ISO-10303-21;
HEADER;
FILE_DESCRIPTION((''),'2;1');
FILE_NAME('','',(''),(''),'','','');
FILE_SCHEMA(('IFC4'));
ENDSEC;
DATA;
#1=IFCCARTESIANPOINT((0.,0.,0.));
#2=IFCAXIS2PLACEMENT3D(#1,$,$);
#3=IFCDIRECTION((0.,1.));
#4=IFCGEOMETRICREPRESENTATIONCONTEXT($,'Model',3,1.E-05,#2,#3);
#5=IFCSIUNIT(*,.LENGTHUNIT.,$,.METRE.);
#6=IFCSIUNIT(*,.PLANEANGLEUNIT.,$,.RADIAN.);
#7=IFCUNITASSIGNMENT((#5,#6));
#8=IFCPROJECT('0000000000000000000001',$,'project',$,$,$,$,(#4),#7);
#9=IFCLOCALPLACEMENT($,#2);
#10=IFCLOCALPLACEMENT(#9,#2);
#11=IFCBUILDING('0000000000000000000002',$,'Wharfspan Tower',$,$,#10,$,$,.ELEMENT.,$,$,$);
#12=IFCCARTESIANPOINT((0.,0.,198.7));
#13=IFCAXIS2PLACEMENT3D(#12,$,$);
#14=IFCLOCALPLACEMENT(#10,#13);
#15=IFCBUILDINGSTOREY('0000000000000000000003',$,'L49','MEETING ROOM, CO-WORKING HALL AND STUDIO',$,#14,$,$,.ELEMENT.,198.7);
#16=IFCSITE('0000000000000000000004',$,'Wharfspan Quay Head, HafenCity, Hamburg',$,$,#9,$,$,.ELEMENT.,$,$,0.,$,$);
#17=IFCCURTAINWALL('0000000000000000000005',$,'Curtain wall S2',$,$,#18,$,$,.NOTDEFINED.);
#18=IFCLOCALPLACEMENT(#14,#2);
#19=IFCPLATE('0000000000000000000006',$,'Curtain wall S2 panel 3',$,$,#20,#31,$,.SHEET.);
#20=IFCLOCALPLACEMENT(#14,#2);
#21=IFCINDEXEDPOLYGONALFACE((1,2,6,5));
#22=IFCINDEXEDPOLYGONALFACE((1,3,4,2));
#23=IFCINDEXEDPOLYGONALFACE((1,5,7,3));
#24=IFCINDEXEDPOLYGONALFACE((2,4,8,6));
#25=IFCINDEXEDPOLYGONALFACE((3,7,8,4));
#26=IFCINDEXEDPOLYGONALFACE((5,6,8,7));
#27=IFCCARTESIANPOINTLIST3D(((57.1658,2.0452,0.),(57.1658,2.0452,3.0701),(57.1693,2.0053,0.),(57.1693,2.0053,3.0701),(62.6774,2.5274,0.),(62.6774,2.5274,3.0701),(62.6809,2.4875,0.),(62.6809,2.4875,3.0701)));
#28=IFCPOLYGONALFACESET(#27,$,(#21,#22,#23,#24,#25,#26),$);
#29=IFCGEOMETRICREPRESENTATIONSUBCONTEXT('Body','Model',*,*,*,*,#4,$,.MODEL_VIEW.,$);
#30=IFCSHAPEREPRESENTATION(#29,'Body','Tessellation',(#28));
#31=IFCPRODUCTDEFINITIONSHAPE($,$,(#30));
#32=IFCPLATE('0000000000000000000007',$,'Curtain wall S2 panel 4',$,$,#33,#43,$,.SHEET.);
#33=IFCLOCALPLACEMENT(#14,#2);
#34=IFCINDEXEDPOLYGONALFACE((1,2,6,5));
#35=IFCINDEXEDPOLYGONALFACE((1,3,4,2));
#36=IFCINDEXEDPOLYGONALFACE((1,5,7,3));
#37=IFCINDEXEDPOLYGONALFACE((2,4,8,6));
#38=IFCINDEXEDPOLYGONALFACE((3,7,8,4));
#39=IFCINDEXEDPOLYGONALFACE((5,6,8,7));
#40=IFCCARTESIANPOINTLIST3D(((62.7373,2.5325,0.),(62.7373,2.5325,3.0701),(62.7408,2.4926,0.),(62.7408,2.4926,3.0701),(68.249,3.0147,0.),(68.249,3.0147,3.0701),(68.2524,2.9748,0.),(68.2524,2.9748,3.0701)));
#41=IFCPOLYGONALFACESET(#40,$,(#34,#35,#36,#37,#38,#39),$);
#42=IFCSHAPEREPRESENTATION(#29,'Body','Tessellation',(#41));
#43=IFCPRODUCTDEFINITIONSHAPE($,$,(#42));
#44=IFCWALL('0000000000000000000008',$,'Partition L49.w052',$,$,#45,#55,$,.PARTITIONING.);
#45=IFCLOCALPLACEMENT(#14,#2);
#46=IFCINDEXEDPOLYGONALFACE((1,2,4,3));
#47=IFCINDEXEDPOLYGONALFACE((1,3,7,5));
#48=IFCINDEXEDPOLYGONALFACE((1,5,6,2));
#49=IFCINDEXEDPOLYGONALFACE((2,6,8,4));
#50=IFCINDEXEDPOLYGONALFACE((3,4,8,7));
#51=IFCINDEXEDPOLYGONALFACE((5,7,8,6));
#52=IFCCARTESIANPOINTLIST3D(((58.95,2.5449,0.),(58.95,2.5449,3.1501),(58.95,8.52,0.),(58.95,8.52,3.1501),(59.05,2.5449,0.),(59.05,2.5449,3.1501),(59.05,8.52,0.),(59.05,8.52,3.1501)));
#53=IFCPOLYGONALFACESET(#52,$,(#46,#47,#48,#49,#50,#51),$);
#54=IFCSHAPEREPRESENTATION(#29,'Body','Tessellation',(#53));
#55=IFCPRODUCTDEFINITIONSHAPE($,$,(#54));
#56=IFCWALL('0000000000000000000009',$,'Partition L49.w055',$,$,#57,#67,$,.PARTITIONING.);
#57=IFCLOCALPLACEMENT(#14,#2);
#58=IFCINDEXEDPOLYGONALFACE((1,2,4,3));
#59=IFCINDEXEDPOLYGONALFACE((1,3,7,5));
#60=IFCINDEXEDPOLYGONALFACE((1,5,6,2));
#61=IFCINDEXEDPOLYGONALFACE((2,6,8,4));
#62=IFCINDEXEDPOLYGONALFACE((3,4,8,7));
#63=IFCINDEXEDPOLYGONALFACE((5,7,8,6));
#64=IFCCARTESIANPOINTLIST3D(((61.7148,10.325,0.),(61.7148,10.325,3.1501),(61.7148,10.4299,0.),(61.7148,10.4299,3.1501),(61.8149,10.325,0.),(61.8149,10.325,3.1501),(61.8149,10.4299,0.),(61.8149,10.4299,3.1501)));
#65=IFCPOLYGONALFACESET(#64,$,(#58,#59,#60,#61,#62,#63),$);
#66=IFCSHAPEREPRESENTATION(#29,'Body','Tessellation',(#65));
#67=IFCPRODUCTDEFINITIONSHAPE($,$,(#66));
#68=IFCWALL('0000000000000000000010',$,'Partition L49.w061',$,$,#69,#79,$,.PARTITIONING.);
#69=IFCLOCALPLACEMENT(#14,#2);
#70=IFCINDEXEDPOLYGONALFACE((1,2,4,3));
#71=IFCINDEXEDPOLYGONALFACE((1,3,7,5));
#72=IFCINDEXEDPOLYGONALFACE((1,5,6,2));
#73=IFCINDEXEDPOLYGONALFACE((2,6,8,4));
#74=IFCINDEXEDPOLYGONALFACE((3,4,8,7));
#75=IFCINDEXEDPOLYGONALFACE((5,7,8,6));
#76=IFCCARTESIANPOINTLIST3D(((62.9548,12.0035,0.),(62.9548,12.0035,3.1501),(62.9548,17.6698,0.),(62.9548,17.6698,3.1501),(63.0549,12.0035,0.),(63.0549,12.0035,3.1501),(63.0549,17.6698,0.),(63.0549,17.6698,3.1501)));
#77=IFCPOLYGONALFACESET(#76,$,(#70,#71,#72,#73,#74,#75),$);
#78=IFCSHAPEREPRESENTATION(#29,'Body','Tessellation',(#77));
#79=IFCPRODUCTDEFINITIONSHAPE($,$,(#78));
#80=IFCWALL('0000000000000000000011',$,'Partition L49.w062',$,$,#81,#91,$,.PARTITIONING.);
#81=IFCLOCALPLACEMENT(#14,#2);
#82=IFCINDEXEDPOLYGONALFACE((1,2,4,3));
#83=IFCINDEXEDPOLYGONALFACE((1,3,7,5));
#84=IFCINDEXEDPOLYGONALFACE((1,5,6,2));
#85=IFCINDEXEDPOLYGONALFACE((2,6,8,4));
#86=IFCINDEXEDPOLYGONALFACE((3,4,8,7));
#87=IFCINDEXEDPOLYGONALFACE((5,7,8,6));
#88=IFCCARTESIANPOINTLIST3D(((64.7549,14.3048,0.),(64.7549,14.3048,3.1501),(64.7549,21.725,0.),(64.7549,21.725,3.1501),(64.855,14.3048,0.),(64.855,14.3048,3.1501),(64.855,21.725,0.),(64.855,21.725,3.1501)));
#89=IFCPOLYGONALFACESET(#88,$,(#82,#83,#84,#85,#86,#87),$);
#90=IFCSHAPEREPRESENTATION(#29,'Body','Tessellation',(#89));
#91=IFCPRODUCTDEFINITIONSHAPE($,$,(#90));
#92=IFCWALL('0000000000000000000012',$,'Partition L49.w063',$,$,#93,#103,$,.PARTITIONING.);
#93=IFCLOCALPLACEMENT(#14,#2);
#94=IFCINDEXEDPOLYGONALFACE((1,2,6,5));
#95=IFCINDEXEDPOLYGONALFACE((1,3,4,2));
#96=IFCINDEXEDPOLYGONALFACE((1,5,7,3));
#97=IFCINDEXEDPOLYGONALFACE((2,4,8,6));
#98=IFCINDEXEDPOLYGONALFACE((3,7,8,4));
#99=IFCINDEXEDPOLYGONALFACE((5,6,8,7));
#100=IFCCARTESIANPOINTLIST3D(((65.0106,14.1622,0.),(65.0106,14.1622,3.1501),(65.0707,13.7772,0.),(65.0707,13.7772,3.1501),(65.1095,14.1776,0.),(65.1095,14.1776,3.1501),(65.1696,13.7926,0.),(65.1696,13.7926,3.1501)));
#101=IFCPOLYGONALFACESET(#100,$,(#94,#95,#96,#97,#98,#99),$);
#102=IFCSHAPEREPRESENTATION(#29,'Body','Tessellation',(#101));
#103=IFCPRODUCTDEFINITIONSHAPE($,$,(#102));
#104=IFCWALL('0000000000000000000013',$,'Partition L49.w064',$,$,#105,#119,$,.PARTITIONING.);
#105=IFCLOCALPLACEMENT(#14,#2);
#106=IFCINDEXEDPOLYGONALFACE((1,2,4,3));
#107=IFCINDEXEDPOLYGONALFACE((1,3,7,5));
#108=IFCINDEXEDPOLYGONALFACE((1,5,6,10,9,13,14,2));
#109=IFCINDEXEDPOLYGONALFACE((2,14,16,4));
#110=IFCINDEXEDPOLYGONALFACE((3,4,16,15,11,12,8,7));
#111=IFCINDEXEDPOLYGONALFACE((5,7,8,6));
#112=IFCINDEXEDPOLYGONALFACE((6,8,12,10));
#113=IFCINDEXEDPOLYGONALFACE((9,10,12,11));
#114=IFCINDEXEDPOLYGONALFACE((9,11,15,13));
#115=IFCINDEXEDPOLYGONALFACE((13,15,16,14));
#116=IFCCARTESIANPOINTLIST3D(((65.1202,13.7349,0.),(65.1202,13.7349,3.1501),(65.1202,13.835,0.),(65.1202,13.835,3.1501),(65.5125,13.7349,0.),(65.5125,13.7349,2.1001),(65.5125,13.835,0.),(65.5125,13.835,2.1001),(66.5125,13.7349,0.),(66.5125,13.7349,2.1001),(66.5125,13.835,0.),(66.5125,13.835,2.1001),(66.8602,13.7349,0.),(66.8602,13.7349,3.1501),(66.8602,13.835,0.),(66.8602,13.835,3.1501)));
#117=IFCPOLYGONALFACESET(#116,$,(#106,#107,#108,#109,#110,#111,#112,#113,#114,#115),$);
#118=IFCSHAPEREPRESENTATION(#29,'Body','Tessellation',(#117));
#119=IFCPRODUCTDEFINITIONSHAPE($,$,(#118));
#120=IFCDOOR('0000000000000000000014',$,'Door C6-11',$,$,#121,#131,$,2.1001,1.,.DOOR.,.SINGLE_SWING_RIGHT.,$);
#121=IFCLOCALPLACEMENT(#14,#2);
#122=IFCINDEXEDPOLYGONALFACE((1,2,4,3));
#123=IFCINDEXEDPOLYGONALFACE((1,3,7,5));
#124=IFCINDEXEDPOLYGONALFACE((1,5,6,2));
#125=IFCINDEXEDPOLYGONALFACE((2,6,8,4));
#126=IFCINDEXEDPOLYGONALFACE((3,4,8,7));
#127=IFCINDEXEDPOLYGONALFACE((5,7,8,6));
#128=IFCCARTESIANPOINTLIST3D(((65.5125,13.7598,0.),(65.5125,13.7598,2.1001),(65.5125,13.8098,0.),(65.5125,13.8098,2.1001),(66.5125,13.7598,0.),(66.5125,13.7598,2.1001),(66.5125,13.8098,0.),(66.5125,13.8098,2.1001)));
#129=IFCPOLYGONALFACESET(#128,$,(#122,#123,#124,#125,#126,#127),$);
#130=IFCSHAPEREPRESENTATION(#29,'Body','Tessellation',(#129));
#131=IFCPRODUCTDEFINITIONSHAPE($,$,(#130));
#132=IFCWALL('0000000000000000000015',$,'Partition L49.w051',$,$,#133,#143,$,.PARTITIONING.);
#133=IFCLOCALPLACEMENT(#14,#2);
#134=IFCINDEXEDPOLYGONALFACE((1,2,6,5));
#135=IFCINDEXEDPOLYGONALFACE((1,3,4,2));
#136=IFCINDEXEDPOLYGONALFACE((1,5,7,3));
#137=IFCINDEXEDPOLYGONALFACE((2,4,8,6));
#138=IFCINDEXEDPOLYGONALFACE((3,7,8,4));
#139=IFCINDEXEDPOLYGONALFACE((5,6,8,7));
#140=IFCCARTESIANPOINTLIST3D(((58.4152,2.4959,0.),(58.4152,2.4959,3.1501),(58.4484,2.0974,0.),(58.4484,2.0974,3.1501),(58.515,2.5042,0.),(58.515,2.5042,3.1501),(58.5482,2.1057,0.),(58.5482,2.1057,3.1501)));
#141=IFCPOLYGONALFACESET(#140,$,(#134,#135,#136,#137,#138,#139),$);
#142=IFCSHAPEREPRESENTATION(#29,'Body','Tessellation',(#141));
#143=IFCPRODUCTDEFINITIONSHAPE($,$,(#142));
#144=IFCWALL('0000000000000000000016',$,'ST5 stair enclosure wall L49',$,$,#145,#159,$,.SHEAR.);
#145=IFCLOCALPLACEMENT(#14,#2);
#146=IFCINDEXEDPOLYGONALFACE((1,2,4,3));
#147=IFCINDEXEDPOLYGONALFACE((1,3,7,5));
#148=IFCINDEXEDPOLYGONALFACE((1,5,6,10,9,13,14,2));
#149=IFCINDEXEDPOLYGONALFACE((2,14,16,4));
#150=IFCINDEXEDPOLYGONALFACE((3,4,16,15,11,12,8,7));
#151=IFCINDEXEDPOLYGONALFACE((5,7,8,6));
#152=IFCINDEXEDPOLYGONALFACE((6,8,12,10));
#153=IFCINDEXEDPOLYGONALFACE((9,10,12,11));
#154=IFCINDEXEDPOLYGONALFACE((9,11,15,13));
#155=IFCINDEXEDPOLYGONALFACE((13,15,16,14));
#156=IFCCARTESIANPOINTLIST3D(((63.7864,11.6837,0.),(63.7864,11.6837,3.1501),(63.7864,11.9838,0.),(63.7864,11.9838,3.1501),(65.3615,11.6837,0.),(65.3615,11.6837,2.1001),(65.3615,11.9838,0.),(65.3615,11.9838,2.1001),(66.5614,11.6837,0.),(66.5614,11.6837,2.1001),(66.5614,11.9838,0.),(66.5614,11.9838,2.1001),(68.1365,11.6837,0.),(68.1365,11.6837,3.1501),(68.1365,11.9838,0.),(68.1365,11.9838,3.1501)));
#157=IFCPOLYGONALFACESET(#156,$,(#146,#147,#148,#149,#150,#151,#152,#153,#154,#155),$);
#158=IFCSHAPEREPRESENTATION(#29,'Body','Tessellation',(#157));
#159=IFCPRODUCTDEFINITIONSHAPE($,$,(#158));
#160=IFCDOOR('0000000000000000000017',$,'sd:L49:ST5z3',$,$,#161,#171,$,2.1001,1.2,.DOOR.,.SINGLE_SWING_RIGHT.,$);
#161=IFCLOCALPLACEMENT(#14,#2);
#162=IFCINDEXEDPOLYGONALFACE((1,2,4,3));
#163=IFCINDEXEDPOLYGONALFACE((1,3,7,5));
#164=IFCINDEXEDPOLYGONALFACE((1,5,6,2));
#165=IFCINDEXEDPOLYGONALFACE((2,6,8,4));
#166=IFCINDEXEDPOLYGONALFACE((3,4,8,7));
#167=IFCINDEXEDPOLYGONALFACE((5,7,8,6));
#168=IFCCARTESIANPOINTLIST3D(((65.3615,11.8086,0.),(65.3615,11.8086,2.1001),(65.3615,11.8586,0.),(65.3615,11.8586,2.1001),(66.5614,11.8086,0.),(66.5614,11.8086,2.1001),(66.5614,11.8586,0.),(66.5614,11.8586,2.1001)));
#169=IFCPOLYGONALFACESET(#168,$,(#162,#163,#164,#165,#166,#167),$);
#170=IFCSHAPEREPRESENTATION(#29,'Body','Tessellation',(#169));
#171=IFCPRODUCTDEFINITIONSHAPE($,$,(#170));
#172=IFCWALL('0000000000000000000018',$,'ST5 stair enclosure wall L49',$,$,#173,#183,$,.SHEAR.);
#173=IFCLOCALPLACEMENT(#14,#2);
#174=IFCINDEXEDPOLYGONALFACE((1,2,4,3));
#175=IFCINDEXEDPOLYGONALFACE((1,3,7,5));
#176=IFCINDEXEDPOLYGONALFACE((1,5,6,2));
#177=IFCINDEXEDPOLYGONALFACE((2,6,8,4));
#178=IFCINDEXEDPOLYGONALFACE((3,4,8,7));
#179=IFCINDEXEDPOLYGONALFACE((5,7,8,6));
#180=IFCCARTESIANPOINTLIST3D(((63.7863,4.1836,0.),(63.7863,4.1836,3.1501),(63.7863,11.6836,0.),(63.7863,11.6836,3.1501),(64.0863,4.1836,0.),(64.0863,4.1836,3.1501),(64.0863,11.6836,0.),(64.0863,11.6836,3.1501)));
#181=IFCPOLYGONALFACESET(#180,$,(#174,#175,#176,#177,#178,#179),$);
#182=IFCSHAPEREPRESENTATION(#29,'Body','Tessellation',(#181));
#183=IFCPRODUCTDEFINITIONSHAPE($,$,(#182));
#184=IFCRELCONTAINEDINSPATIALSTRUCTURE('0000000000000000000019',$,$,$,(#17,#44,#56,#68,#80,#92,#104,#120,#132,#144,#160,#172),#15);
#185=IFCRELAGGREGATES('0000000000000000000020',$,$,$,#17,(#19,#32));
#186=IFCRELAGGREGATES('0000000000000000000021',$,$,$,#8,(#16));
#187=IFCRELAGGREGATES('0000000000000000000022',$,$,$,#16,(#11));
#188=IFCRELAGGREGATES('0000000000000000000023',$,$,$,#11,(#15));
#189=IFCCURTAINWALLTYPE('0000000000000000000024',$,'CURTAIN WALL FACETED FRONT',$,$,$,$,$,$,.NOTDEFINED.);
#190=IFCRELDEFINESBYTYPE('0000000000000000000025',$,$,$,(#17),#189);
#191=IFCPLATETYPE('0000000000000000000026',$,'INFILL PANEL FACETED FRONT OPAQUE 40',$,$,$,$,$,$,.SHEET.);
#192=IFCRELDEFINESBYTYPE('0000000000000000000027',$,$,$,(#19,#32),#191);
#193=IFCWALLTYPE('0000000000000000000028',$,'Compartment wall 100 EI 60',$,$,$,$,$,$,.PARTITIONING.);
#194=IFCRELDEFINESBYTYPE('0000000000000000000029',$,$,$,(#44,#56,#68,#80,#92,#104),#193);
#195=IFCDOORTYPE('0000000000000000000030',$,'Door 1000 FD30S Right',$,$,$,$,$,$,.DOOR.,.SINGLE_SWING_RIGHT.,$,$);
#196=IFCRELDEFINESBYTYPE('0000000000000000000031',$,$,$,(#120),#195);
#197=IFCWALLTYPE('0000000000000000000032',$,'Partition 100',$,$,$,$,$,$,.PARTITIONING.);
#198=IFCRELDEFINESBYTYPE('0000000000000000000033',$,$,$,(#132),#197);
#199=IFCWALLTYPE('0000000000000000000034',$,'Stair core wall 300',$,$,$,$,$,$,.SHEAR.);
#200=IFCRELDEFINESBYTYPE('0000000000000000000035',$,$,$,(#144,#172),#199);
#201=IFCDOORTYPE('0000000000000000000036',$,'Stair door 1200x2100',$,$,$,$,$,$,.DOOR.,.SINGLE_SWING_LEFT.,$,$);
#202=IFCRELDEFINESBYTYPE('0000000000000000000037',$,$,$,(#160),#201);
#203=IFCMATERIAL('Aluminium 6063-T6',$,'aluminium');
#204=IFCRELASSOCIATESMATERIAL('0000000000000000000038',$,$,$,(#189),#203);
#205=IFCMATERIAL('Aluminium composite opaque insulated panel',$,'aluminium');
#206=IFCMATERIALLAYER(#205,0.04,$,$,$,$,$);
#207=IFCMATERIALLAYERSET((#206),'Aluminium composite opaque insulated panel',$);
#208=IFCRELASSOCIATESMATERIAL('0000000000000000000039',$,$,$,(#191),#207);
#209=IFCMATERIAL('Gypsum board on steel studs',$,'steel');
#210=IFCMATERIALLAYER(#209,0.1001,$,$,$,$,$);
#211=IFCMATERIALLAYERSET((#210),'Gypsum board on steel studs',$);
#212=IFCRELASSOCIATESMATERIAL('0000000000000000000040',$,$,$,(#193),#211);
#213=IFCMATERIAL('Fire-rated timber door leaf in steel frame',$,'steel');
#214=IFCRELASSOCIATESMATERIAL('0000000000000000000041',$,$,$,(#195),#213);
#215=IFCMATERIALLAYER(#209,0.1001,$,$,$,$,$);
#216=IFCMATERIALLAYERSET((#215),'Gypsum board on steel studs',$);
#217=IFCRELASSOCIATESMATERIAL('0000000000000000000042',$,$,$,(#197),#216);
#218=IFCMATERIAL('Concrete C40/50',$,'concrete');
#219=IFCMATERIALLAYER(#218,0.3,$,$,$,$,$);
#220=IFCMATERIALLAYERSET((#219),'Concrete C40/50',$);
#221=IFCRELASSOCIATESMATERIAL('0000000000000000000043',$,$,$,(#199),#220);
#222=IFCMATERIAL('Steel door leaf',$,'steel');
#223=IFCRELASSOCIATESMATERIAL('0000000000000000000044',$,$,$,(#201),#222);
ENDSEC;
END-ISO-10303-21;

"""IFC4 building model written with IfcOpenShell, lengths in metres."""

from ifc_helpers import new_model, si_unit, direction, frame, frame_2d, origin, origin_2d, place, context, subcontext, project, spatial, rectangle, extrude, material, layer, layer_set, type_object, element, fill, aggregate, save


model = new_model("IFC4")

# Units and contexts
model_context = context("Model", 3, precision=1e-05, world=origin(), true_north=direction((0.0, 1.0)))
body_context = subcontext(model_context, "Body", "Model", "MODEL_VIEW")
ifc_project = project(units=[si_unit("LENGTHUNIT", "METRE"), si_unit("PLANEANGLEUNIT", "RADIAN")], contexts=[model_context])

# Site, building, storey
site_placement = place(None, origin())
site = spatial("IfcSite", under=ifc_project, at=site_placement, Name="Wharfspan Quay Head, HafenCity, Hamburg", CompositionType="ELEMENT", RefElevation=0.0)
building_placement = place(site_placement, origin())
building = spatial("IfcBuilding", under=site, at=building_placement, Name="Wharfspan Tower", CompositionType="ELEMENT")
storey_placement = place(building_placement, frame((0.0, 0.0, 198.7)))
storey = spatial("IfcBuildingStorey", under=building, at=storey_placement, Name="L49", Description="MEETING ROOM, CO-WORKING HALL AND STUDIO", CompositionType="ELEMENT", Elevation=198.7)

# Curtain wall, plates
ifc_material_1 = material(Name="Aluminium 6063-T6", Category="aluminium")
curtain_wall_type = type_object("IfcCurtainWallType", Name="CURTAIN WALL FACETED FRONT", PredefinedType="NOTDEFINED", material=ifc_material_1)
curtain_wall_placement = place(storey_placement, origin())
curtain_wall = element("IfcCurtainWall", 1, at=curtain_wall_placement, inside=storey, type_object=curtain_wall_type, Name="Curtain wall S2", PredefinedType="NOTDEFINED")
ifc_material_2 = material(Name="Aluminium composite opaque insulated panel", Category="aluminium")
ifc_layer_1 = layer(ifc_material_2, 0.04)
ifc_layer_set_1 = layer_set([ifc_layer_1], Name="Aluminium composite opaque insulated panel")
plate_type = type_object("IfcPlateType", Name="INFILL PANEL FACETED FRONT OPAQUE 40", PredefinedType="SHEET", material=ifc_layer_set_1)
plate_1_placement = place(storey_placement, frame((59.9233, 2.2664, 0.0), z_axis=(0.0, 0.0, 1.0), x_axis=(0.996198, 0.087156, 0.0)))
plate_1 = element("IfcPlate", 2, at=plate_1_placement, type_object=plate_type, Name="Curtain wall S2 panel 3", PredefinedType="SHEET", context=body_context, shape_type="SweptSolid", body=[
    extrude(rectangle(XDim=5.5327, YDim=0.04, at=origin_2d()), origin(), (0.0, 0.0, 1.0), 3.0701),
])
plate_2_placement = place(storey_placement, frame((65.4949, 2.7537, 0.0), z_axis=(0.0, 0.0, 1.0), x_axis=(0.996198, 0.087156, 0.0)))
plate_2 = element("IfcPlate", 3, at=plate_2_placement, type_object=plate_type, Name="Curtain wall S2 panel 4", PredefinedType="SHEET", context=body_context, shape_type="SweptSolid", body=[
    extrude(rectangle(XDim=5.5327, YDim=0.04, at=origin_2d()), origin(), (0.0, 0.0, 1.0), 3.0701),
])
aggregate(curtain_wall, [plate_1, plate_2])

# Walls
ifc_material_3 = material(Name="Gypsum board on steel studs", Category="steel")
ifc_layer_2 = layer(ifc_material_3, 0.1001)
ifc_layer_set_2 = layer_set([ifc_layer_2], Name="Gypsum board on steel studs")
wall_type_1 = type_object("IfcWallType", Name="Compartment wall 100 EI 60", PredefinedType="PARTITIONING", material=ifc_layer_set_2)
wall_1_placement = place(storey_placement, frame((59.0, 2.5449, 0.0), z_axis=(0.0, 0.0, 1.0), x_axis=(0.0, 1.0, 0.0)))
element("IfcWall", 4, at=wall_1_placement, inside=storey, type_object=wall_type_1, Name="Partition L49.w052", PredefinedType="PARTITIONING", context=body_context, shape_type="SweptSolid", body=[
    extrude(rectangle(XDim=5.9751, YDim=0.1001, at=frame_2d((2.9875, 0.0))), origin(), (0.0, 0.0, 1.0), 3.1501),
])
wall_2_placement = place(storey_placement, frame((61.7649, 10.325, 0.0), z_axis=(0.0, 0.0, 1.0), x_axis=(0.0, 1.0, 0.0)))
element("IfcWall", 5, at=wall_2_placement, inside=storey, type_object=wall_type_1, Name="Partition L49.w055", PredefinedType="PARTITIONING", context=body_context, shape_type="SweptSolid", body=[
    extrude(rectangle(XDim=0.105, YDim=0.1001, at=frame_2d((0.0525, 0.0))), origin(), (0.0, 0.0, 1.0), 3.1501),
])
wall_3_placement = place(storey_placement, frame((63.0049, 12.0037, 0.0), z_axis=(0.0, 0.0, 1.0), x_axis=(0.0, 1.0, 0.0)))
element("IfcWall", 6, at=wall_3_placement, inside=storey, type_object=wall_type_1, Name="Partition L49.w061", PredefinedType="PARTITIONING", context=body_context, shape_type="SweptSolid", body=[
    extrude(rectangle(XDim=5.6663, YDim=0.1001, at=frame_2d((2.833, 0.0))), origin(), (0.0, 0.0, 1.0), 3.1501),
])
wall_4_placement = place(storey_placement, frame((64.8049, 14.3049, 0.0), z_axis=(0.0, 0.0, 1.0), x_axis=(0.0, 1.0, 0.0)))
element("IfcWall", 7, at=wall_4_placement, inside=storey, type_object=wall_type_1, Name="Partition L49.w062", PredefinedType="PARTITIONING", context=body_context, shape_type="SweptSolid", body=[
    extrude(rectangle(XDim=7.4202, YDim=0.1001, at=frame_2d((3.71, 0.0))), origin(), (0.0, 0.0, 1.0), 3.1501),
])
wall_5_placement = place(storey_placement, frame((65.1201, 13.7849, 0.0), z_axis=(0.0, 0.0, 1.0), x_axis=(-0.154128, 0.988048, 0.0)))
element("IfcWall", 8, at=wall_5_placement, inside=storey, type_object=wall_type_1, Name="Partition L49.w063", PredefinedType="PARTITIONING", context=body_context, shape_type="SweptSolid", body=[
    extrude(rectangle(XDim=0.3896, YDim=0.1001, at=frame_2d((0.1948, 0.0))), origin(), (0.0, 0.0, 1.0), 3.1501),
])

# Wall, opening, door
wall_6_placement = place(storey_placement, frame((65.1201, 13.7849, 0.0), z_axis=(0.0, 0.0, 1.0), x_axis=(1.0, 0.0, 0.0)))
wall_6 = element("IfcWall", 9, at=wall_6_placement, inside=storey, type_object=wall_type_1, Name="Partition L49.w064", PredefinedType="PARTITIONING", context=body_context, shape_type="SweptSolid", body=[
    extrude(rectangle(XDim=1.74, YDim=0.1001, at=frame_2d((0.8701, 0.0))), origin(), (0.0, 0.0, 1.0), 3.1501),
])
opening_1_placement = place(wall_6_placement, frame((0.3923, 0.0, 0.0)))
opening_1 = element("IfcOpeningElement", 10, at=opening_1_placement, cuts=wall_6, PredefinedType="OPENING", context=body_context, shape_type="SweptSolid", body=[
    extrude(rectangle(XDim=1.0, YDim=2.1001, at=frame_2d((0.5, 1.05))), frame((0.0, 0.0601, 0.0), z_axis=(0.0, -1.0, 0.0), x_axis=(1.0, 0.0, 0.0)), (0.0, 0.0, 1.0), 0.1201),
])
ifc_material_4 = material(Name="Fire-rated timber door leaf in steel frame", Category="steel")
door_type_1 = type_object("IfcDoorType", Name="Door 1000 FD30S Right", OperationType="SINGLE_SWING_RIGHT", PredefinedType="DOOR", material=ifc_material_4)
door_1_placement = place(opening_1_placement, origin())
door_1 = element("IfcDoor", 11, at=door_1_placement, inside=storey, type_object=door_type_1, Name="Door C6-11", OperationType="SINGLE_SWING_RIGHT", OverallHeight=2.1001, OverallWidth=1.0, PredefinedType="DOOR", context=body_context, shape_type="SweptSolid", body=[
    extrude(rectangle(XDim=1.0, YDim=2.1001, at=frame_2d((0.5, 1.05))), frame((0.0, 0.0249, 0.0), z_axis=(0.0, -1.0, 0.0), x_axis=(1.0, 0.0, 0.0)), (0.0, 0.0, 1.0), 0.05),
])
fill(opening_1, door_1)

# Wall
ifc_layer_3 = layer(ifc_material_3, 0.1001)
ifc_layer_set_3 = layer_set([ifc_layer_3], Name="Gypsum board on steel studs")
wall_type_2 = type_object("IfcWallType", Name="Partition 100", PredefinedType="PARTITIONING", material=ifc_layer_set_3)
wall_7_placement = place(storey_placement, frame((58.4983, 2.1016, 0.0), z_axis=(0.0, 0.0, 1.0), x_axis=(-0.083045, 0.996542, 0.0)))
element("IfcWall", 12, at=wall_7_placement, inside=storey, type_object=wall_type_2, Name="Partition L49.w051", PredefinedType="PARTITIONING", context=body_context, shape_type="SweptSolid", body=[
    extrude(rectangle(XDim=0.3999, YDim=0.1001, at=frame_2d((0.2, 0.0))), origin(), (0.0, 0.0, 1.0), 3.1501),
])

# Wall, opening, door
ifc_material_5 = material(Name="Concrete C40/50", Category="concrete")
ifc_layer_4 = layer(ifc_material_5, 0.3)
ifc_layer_set_4 = layer_set([ifc_layer_4], Name="Concrete C40/50")
wall_type_3 = type_object("IfcWallType", Name="Stair core wall 300", PredefinedType="SHEAR", material=ifc_layer_set_4)
wall_8_placement = place(storey_placement, frame((63.7864, 11.8337, 0.0), z_axis=(0.0, 0.0, 1.0), x_axis=(1.0, 0.0, 0.0)))
wall_8 = element("IfcWall", 13, at=wall_8_placement, inside=storey, type_object=wall_type_3, Name="ST5 stair enclosure wall L49", PredefinedType="SHEAR", context=body_context, shape_type="SweptSolid", body=[
    extrude(rectangle(XDim=4.3501, YDim=0.3, at=frame_2d((2.175, 0.0))), origin(), (0.0, 0.0, 1.0), 3.1501),
])
opening_2_placement = place(wall_8_placement, frame((1.575, 0.0, 0.0)))
opening_2 = element("IfcOpeningElement", 14, at=opening_2_placement, cuts=wall_8, PredefinedType="OPENING", context=body_context, shape_type="SweptSolid", body=[
    extrude(rectangle(XDim=1.2, YDim=2.1001, at=frame_2d((0.6001, 1.05))), frame((0.0, 0.1599, 0.0), z_axis=(0.0, -1.0, 0.0), x_axis=(1.0, 0.0, 0.0)), (0.0, 0.0, 1.0), 0.3201),
])
ifc_material_6 = material(Name="Steel door leaf", Category="steel")
door_type_2 = type_object("IfcDoorType", Name="Stair door 1200x2100", OperationType="SINGLE_SWING_LEFT", PredefinedType="DOOR", material=ifc_material_6)
door_2_placement = place(opening_2_placement, origin())
door_2 = element("IfcDoor", 15, at=door_2_placement, inside=storey, type_object=door_type_2, Name="sd:L49:ST5z3", OperationType="SINGLE_SWING_RIGHT", OverallHeight=2.1001, OverallWidth=1.2, PredefinedType="DOOR", context=body_context, shape_type="SweptSolid", body=[
    extrude(rectangle(XDim=1.2, YDim=2.1001, at=frame_2d((0.6001, 1.05))), frame((0.0, 0.0249, 0.0), z_axis=(0.0, -1.0, 0.0), x_axis=(1.0, 0.0, 0.0)), (0.0, 0.0, 1.0), 0.05),
])
fill(opening_2, door_2)

# Wall
wall_9_placement = place(storey_placement, frame((63.9363, 4.1836, 0.0), z_axis=(0.0, 0.0, 1.0), x_axis=(0.0, 1.0, 0.0)))
element("IfcWall", 16, at=wall_9_placement, inside=storey, type_object=wall_type_3, Name="ST5 stair enclosure wall L49", PredefinedType="SHEAR", context=body_context, shape_type="SweptSolid", body=[
    extrude(rectangle(XDim=7.5, YDim=0.3, at=frame_2d((3.75, 0.0))), origin(), (0.0, 0.0, 1.0), 3.1501),
])

save(model, "model.ifc")
